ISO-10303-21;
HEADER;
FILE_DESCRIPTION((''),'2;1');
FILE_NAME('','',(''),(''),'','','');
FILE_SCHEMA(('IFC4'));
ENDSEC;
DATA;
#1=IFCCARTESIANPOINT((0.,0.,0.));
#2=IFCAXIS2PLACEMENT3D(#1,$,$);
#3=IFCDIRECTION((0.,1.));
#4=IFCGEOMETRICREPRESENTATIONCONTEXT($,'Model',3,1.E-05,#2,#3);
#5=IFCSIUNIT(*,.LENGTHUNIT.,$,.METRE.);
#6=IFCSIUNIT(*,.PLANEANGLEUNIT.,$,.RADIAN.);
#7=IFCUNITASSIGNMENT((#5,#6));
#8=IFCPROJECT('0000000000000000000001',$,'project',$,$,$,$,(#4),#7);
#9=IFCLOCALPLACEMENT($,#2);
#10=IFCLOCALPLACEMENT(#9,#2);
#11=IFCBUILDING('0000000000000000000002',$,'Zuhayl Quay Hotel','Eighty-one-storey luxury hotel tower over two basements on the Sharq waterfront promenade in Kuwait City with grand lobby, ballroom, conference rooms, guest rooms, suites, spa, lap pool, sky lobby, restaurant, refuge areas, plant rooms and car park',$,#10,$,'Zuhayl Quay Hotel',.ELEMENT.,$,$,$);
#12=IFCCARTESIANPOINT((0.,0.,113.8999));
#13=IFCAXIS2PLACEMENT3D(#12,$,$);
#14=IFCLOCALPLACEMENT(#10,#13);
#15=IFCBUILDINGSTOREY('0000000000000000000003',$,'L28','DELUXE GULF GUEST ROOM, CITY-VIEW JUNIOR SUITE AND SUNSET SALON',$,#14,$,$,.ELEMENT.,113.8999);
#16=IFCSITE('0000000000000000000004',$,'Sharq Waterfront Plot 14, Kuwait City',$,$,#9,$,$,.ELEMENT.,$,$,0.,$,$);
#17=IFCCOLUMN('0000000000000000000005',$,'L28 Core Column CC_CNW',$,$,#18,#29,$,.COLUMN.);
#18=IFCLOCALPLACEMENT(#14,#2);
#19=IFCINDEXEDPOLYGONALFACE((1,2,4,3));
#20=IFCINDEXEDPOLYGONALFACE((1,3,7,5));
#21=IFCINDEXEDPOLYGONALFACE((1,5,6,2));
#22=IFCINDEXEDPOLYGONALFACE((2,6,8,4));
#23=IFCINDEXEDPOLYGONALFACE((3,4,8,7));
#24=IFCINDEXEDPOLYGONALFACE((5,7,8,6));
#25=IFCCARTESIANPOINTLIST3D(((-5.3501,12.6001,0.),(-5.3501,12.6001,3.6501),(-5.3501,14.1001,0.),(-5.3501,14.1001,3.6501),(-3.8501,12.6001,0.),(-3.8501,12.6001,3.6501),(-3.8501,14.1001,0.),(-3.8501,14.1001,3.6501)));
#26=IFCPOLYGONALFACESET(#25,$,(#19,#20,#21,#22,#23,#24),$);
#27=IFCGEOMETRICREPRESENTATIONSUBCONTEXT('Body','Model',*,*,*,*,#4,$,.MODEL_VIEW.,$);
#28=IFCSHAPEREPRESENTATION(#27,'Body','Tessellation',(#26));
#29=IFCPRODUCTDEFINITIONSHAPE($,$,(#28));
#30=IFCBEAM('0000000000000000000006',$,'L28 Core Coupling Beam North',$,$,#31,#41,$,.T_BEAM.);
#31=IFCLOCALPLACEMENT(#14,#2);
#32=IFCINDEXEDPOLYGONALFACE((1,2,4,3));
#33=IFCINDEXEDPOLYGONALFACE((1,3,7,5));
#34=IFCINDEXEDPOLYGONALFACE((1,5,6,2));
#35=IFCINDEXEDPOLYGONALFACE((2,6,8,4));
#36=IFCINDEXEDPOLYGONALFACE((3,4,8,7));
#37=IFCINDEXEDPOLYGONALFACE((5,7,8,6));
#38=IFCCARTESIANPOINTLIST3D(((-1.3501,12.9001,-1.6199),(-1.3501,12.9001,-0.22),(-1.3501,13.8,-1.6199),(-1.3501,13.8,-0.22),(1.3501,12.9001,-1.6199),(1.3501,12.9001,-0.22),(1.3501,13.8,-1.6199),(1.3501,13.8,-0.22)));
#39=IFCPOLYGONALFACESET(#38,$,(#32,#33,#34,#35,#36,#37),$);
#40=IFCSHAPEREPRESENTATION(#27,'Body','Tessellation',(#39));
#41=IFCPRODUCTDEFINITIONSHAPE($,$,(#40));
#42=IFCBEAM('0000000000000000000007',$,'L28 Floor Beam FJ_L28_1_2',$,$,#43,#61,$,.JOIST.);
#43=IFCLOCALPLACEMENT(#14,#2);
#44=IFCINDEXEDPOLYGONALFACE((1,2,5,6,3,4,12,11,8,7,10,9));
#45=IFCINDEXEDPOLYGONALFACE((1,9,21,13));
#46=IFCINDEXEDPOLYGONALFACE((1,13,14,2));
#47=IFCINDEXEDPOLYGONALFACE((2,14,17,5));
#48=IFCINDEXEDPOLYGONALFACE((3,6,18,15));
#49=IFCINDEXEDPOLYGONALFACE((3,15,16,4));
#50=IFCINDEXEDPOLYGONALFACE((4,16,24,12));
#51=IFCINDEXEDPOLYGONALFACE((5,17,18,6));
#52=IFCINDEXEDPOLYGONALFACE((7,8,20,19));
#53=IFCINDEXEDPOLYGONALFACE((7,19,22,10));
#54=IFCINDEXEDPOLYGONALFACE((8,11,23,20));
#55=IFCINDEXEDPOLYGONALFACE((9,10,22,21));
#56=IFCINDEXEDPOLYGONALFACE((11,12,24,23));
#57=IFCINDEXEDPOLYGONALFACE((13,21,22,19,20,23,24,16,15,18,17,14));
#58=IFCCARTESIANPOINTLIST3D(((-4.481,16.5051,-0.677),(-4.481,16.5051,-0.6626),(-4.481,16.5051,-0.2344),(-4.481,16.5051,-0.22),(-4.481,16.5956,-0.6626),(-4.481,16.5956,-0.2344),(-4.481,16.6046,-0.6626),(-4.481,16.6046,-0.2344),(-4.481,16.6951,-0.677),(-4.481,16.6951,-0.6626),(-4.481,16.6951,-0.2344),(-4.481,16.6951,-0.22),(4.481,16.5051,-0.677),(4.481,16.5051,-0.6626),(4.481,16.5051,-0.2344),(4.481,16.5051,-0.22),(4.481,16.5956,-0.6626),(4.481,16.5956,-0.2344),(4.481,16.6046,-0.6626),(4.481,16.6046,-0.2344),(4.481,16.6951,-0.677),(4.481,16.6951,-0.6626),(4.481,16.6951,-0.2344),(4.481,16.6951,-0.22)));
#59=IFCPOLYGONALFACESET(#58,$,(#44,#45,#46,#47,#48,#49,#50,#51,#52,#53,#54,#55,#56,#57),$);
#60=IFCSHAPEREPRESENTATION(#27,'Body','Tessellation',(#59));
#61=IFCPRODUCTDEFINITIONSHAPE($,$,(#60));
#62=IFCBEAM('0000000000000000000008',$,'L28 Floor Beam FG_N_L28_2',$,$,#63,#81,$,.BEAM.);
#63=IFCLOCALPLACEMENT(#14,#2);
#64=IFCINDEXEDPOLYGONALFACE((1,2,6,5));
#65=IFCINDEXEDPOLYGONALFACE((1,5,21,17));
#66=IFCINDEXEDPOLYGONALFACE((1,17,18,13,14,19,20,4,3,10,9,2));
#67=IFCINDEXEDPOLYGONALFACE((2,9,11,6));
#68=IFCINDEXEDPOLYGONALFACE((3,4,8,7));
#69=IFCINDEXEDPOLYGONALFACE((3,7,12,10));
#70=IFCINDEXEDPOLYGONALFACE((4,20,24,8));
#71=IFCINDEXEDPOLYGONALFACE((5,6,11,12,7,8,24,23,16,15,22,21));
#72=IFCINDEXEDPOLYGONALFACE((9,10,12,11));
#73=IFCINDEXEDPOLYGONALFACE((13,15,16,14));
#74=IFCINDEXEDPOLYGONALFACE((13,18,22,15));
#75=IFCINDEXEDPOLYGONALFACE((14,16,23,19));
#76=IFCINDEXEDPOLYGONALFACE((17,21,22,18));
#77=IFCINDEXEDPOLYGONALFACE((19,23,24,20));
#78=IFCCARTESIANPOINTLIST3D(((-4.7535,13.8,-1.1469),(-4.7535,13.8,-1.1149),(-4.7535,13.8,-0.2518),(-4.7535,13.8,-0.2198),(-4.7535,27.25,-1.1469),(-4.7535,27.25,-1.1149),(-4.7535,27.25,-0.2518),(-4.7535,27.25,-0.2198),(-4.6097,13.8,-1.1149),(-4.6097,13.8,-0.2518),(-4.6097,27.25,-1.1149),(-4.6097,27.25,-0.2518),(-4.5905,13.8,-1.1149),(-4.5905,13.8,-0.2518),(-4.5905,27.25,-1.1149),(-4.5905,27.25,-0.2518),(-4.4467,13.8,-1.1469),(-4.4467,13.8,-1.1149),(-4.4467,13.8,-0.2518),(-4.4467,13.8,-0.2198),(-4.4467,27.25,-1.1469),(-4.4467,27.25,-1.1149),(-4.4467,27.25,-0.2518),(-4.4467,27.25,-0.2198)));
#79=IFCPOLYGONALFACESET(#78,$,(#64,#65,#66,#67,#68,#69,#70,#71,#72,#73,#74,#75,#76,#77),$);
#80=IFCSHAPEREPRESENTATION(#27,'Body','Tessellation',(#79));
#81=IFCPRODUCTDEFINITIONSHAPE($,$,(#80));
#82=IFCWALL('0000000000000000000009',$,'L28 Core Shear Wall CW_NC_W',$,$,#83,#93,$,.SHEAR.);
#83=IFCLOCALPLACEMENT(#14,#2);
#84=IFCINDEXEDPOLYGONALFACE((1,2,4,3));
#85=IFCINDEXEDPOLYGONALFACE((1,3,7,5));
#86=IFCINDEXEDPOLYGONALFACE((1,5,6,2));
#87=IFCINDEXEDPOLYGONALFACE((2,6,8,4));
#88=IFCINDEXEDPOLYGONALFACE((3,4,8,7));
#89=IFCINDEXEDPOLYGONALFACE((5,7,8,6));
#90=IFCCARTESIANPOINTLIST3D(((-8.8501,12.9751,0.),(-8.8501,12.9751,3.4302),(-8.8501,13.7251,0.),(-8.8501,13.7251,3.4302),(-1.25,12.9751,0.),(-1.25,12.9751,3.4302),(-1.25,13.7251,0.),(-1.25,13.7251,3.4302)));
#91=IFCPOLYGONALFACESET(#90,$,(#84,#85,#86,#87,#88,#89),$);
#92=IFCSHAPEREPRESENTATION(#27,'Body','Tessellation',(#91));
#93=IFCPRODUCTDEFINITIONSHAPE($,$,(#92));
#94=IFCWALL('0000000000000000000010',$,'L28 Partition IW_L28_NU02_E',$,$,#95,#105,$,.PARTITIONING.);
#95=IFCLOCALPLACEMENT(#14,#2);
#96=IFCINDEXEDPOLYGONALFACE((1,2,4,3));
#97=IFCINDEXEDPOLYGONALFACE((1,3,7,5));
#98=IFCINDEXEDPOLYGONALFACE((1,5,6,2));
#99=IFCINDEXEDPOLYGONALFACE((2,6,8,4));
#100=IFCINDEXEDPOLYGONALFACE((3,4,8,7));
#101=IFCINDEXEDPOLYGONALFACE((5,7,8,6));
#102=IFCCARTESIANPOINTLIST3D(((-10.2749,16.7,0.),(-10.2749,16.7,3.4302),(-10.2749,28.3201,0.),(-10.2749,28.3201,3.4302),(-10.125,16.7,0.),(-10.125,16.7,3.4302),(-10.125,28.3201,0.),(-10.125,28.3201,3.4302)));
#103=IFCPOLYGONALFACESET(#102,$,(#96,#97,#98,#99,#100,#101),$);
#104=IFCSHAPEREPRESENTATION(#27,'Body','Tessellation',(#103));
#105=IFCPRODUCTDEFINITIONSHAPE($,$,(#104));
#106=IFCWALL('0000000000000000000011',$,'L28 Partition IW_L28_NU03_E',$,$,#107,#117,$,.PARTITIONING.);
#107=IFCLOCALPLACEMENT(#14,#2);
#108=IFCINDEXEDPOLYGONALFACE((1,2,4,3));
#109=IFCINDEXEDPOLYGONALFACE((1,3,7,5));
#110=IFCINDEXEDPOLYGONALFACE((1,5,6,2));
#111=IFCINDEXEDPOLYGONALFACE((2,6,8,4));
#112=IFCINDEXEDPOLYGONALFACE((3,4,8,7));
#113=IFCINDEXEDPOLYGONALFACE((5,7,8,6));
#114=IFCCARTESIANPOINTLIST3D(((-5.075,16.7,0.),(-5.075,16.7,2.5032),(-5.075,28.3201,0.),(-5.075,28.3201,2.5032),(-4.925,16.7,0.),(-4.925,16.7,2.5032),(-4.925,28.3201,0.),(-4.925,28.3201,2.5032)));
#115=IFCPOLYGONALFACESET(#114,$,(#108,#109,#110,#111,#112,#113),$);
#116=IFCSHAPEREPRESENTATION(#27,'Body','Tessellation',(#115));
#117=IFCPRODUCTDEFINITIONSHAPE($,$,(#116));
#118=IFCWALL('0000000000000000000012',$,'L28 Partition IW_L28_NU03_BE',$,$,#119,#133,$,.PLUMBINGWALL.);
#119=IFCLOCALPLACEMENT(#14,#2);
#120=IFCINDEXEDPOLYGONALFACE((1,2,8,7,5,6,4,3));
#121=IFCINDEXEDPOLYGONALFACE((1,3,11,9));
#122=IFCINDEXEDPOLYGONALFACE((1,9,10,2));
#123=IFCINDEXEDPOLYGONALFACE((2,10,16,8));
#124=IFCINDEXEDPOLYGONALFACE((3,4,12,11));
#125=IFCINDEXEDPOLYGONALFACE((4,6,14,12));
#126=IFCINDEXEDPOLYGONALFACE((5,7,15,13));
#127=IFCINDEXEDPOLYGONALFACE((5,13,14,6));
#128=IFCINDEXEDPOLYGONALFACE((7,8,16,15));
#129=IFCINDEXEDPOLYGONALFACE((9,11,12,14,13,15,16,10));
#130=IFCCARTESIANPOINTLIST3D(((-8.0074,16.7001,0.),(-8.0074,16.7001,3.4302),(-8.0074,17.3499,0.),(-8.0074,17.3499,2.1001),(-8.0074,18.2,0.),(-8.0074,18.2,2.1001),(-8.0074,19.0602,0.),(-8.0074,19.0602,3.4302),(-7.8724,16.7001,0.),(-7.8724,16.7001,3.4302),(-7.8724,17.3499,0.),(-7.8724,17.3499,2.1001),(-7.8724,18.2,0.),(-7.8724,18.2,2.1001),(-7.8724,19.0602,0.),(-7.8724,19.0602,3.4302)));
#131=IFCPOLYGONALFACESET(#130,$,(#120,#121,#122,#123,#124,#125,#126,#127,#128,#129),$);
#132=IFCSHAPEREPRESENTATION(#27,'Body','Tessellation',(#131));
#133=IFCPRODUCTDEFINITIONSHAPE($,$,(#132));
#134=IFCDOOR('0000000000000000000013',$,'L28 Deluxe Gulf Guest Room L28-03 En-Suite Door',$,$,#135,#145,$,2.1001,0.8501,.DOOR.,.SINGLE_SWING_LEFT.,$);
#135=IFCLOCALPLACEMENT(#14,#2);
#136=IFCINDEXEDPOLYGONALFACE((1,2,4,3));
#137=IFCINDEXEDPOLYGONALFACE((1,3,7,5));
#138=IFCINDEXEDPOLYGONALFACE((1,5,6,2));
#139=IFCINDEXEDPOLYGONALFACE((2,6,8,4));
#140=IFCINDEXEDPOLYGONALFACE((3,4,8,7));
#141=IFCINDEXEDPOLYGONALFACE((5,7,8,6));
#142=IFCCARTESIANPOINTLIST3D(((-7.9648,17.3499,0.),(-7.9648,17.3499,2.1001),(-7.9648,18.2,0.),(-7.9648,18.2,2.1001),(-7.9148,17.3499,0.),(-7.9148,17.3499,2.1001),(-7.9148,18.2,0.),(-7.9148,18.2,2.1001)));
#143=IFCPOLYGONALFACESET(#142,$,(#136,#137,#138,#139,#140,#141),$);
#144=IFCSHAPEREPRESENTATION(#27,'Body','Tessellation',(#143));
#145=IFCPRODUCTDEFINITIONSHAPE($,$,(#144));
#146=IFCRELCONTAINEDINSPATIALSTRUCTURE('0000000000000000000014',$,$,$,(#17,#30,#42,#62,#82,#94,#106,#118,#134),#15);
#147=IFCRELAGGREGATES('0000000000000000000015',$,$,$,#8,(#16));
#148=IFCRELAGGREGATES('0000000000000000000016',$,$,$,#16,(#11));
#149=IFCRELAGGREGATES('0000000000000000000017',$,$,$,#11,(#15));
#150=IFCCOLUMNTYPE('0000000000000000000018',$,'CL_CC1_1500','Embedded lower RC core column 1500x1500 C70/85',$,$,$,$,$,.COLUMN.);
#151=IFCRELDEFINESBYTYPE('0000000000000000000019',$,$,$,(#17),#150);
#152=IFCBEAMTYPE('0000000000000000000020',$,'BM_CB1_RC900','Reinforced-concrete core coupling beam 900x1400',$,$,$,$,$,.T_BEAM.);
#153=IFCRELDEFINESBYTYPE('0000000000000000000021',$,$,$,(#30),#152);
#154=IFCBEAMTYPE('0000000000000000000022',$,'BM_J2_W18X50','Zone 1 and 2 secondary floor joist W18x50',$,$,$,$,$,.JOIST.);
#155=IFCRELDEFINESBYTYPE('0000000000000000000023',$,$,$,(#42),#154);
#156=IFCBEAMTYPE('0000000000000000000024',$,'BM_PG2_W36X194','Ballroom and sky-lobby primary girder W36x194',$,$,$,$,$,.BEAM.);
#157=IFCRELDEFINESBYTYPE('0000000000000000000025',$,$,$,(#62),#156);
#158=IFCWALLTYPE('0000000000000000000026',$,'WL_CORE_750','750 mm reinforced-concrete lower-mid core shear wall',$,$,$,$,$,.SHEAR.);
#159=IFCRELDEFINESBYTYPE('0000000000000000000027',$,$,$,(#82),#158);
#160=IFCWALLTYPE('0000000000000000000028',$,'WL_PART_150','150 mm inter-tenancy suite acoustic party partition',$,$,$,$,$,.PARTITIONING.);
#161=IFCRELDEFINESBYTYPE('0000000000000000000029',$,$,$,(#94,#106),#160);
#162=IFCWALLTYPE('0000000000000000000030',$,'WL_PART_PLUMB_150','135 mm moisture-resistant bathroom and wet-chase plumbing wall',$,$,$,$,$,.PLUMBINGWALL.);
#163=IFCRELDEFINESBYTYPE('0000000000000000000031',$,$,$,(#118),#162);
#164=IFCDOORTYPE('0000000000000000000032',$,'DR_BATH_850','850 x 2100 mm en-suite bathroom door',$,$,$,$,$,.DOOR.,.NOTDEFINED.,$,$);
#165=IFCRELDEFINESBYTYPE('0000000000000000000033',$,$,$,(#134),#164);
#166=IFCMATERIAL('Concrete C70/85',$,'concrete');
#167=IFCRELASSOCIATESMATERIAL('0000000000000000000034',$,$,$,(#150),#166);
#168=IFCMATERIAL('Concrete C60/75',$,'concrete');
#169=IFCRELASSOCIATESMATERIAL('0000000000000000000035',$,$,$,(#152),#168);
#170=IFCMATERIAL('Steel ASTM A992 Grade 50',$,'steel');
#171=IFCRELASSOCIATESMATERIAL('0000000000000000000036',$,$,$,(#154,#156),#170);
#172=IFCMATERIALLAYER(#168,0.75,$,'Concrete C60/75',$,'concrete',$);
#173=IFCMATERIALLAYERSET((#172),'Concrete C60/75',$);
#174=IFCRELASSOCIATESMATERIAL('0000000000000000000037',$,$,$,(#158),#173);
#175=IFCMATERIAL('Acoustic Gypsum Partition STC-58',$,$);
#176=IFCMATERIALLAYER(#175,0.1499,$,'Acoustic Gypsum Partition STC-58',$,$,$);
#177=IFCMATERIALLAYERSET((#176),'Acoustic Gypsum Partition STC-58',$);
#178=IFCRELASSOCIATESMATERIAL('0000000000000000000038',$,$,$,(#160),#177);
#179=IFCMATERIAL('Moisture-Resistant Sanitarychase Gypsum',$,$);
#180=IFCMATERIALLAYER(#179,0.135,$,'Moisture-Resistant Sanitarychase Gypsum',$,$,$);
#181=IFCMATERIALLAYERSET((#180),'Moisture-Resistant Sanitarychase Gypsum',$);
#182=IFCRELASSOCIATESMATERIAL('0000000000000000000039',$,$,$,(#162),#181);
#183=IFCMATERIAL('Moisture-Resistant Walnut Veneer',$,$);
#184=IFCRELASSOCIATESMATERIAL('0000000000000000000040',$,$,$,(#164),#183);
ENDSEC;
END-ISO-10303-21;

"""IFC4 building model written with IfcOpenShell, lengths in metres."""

from ifc_helpers import new_model, si_unit, direction, frame, frame_2d, origin, origin_2d, place, context, subcontext, project, spatial, rectangle, i_section, extrude, material, layer, layer_set, material_profile, profile_set, type_object, element, fill, save


model = new_model("IFC4")

# Units and contexts
model_context = context("Model", 3, precision=1e-05, world=origin(), true_north=direction((0.0, 1.0)))
body_context = subcontext(model_context, "Body", "Model", "MODEL_VIEW")
ifc_project = project(units=[si_unit("LENGTHUNIT", "METRE"), si_unit("PLANEANGLEUNIT", "RADIAN")], contexts=[model_context])

# Site, building, storey
site_placement = place(None, origin())
site = spatial("IfcSite", under=ifc_project, at=site_placement, Name="Sharq Waterfront Plot 14, Kuwait City", CompositionType="ELEMENT", RefElevation=0.0)
building_placement = place(site_placement, origin())
building = spatial("IfcBuilding", under=site, at=building_placement, Name="Zuhayl Quay Hotel", Description="Eighty-one-storey luxury hotel tower over two basements on the Sharq waterfront promenade in Kuwait City with grand lobby, ballroom, conference rooms, guest rooms, suites, spa, lap pool, sky lobby, restaurant, refuge areas, plant rooms and car park", LongName="Zuhayl Quay Hotel", CompositionType="ELEMENT")
storey_placement = place(building_placement, frame((0.0, 0.0, 113.8999)))
storey = spatial("IfcBuildingStorey", under=building, at=storey_placement, Name="L28", Description="DELUXE GULF GUEST ROOM, CITY-VIEW JUNIOR SUITE AND SUNSET SALON", CompositionType="ELEMENT", Elevation=113.8999)

# Column
ifc_material_1 = material(Name="Concrete C70/85", Category="concrete")
ifc_material_profile_1 = material_profile(ifc_material_1, rectangle(XDim=1.5, YDim=1.5, at=origin_2d()), Name="RC1500X1500")
ifc_profile_set_1 = profile_set([ifc_material_profile_1], Name="Concrete C70/85")
column_type = type_object("IfcColumnType", Name="CL_CC1_1500", Description="Embedded lower RC core column 1500x1500 C70/85", PredefinedType="COLUMN", material=ifc_profile_set_1)
column_placement = place(storey_placement, frame((-4.6001, 13.3501, 0.0), z_axis=(0.0, 0.0, 1.0), x_axis=(1.0, 0.0, 0.0)))
element("IfcColumn", 1, at=column_placement, inside=storey, type_object=column_type, Name="L28 Core Column CC_CNW", PredefinedType="COLUMN", context=body_context, shape_type="SweptSolid", body=[
    extrude(rectangle(XDim=1.5, YDim=1.5, at=origin_2d()), origin(), (0.0, 0.0, 1.0), 3.6501),
])

# Beams
ifc_material_2 = material(Name="Concrete C60/75", Category="concrete")
ifc_material_profile_2 = material_profile(ifc_material_2, rectangle(XDim=0.8999, YDim=1.3999, at=origin_2d()), Name="RC900X1400")
ifc_profile_set_2 = profile_set([ifc_material_profile_2], Name="Concrete C60/75")
beam_type_1 = type_object("IfcBeamType", Name="BM_CB1_RC900", Description="Reinforced-concrete core coupling beam 900x1400", PredefinedType="T_BEAM", material=ifc_profile_set_2)
beam_1_placement = place(storey_placement, frame((-1.3501, 13.3501, -0.9199), z_axis=(1.0, 0.0, 0.0), x_axis=(0.0, 1.0, 0.0)))
element("IfcBeam", 2, at=beam_1_placement, inside=storey, type_object=beam_type_1, Name="L28 Core Coupling Beam North", PredefinedType="T_BEAM", context=body_context, shape_type="SweptSolid", body=[
    extrude(rectangle(XDim=0.8999, YDim=1.3999, at=origin_2d()), origin(), (0.0, 0.0, 1.0), 2.7002),
])
ifc_material_3 = material(Name="Steel ASTM A992 Grade 50", Category="steel")
ifc_material_profile_3 = material_profile(ifc_material_3, i_section(OverallWidth=0.1899, OverallDepth=0.457, WebThickness=0.009, FlangeThickness=0.0144, at=origin_2d()), Name="W18X50")
ifc_profile_set_3 = profile_set([ifc_material_profile_3], Name="Steel ASTM A992 Grade 50")
beam_type_2 = type_object("IfcBeamType", Name="BM_J2_W18X50", Description="Zone 1 and 2 secondary floor joist W18x50", PredefinedType="JOIST", material=ifc_profile_set_3)
beam_2_placement = place(storey_placement, frame((-4.481, 16.6001, -0.4485), z_axis=(1.0, 0.0, 0.0), x_axis=(0.0, 1.0, 0.0)))
element("IfcBeam", 3, at=beam_2_placement, inside=storey, type_object=beam_type_2, Name="L28 Floor Beam FJ_L28_1_2", PredefinedType="JOIST", context=body_context, shape_type="SweptSolid", body=[
    extrude(i_section(OverallWidth=0.1899, OverallDepth=0.457, WebThickness=0.009, FlangeThickness=0.0144, at=origin_2d()), origin(), (0.0, 0.0, 1.0), 8.9619),
])
ifc_material_profile_4 = material_profile(ifc_material_3, i_section(OverallWidth=0.3069, OverallDepth=0.927, WebThickness=0.0193, FlangeThickness=0.032, at=origin_2d()), Name="W36X194")
ifc_profile_set_4 = profile_set([ifc_material_profile_4], Name="Steel ASTM A992 Grade 50")
beam_type_3 = type_object("IfcBeamType", Name="BM_PG2_W36X194", Description="Ballroom and sky-lobby primary girder W36x194", PredefinedType="BEAM", material=ifc_profile_set_4)
beam_3_placement = place(storey_placement, frame((-4.6001, 13.8, -0.6833), z_axis=(0.0, 1.0, 0.0), x_axis=(-1.0, 0.0, 0.0)))
element("IfcBeam", 4, at=beam_3_placement, inside=storey, type_object=beam_type_3, Name="L28 Floor Beam FG_N_L28_2", PredefinedType="BEAM", context=body_context, shape_type="SweptSolid", body=[
    extrude(i_section(OverallWidth=0.3069, OverallDepth=0.927, WebThickness=0.0193, FlangeThickness=0.032, at=origin_2d()), origin(), (0.0, 0.0, 1.0), 13.45),
])

# Walls
ifc_layer_1 = layer(ifc_material_2, 0.75, Name="Concrete C60/75", Category="concrete")
ifc_layer_set_1 = layer_set([ifc_layer_1], Name="Concrete C60/75")
wall_type_1 = type_object("IfcWallType", Name="WL_CORE_750", Description="750 mm reinforced-concrete lower-mid core shear wall", PredefinedType="SHEAR", material=ifc_layer_set_1)
wall_1_placement = place(storey_placement, frame((-8.8501, 13.3501, 0.0), z_axis=(0.0, 0.0, 1.0), x_axis=(1.0, 0.0, 0.0)))
element("IfcWall", 5, at=wall_1_placement, inside=storey, type_object=wall_type_1, Name="L28 Core Shear Wall CW_NC_W", PredefinedType="SHEAR", context=body_context, shape_type="SweptSolid", body=[
    extrude(rectangle(XDim=7.6001, YDim=0.75, at=frame_2d((3.8, 0.0))), origin(), (0.0, 0.0, 1.0), 3.4302),
])
ifc_material_4 = material(Name="Acoustic Gypsum Partition STC-58")
ifc_layer_2 = layer(ifc_material_4, 0.1499, Name="Acoustic Gypsum Partition STC-58")
ifc_layer_set_2 = layer_set([ifc_layer_2], Name="Acoustic Gypsum Partition STC-58")
wall_type_2 = type_object("IfcWallType", Name="WL_PART_150", Description="150 mm inter-tenancy suite acoustic party partition", PredefinedType="PARTITIONING", material=ifc_layer_set_2)
wall_2_placement = place(storey_placement, frame((-10.2, 16.7, 0.0), z_axis=(0.0, 0.0, 1.0), x_axis=(0.0, 1.0, 0.0)))
element("IfcWall", 6, at=wall_2_placement, inside=storey, type_object=wall_type_2, Name="L28 Partition IW_L28_NU02_E", PredefinedType="PARTITIONING", context=body_context, shape_type="SweptSolid", body=[
    extrude(rectangle(XDim=11.6201, YDim=0.1499, at=frame_2d((5.8101, 0.0))), origin(), (0.0, 0.0, 1.0), 3.4302),
])
wall_3_placement = place(storey_placement, frame((-5.0, 16.7, 0.0), z_axis=(0.0, 0.0, 1.0), x_axis=(0.0, 1.0, 0.0)))
element("IfcWall", 7, at=wall_3_placement, inside=storey, type_object=wall_type_2, Name="L28 Partition IW_L28_NU03_E", PredefinedType="PARTITIONING", context=body_context, shape_type="SweptSolid", body=[
    extrude(rectangle(XDim=11.6201, YDim=0.1499, at=frame_2d((5.8101, 0.0))), origin(), (0.0, 0.0, 1.0), 2.5032),
])

# Wall, opening, door
ifc_material_5 = material(Name="Moisture-Resistant Sanitarychase Gypsum")
ifc_layer_3 = layer(ifc_material_5, 0.135, Name="Moisture-Resistant Sanitarychase Gypsum")
ifc_layer_set_3 = layer_set([ifc_layer_3], Name="Moisture-Resistant Sanitarychase Gypsum")
wall_type_3 = type_object("IfcWallType", Name="WL_PART_PLUMB_150", Description="135 mm moisture-resistant bathroom and wet-chase plumbing wall", PredefinedType="PLUMBINGWALL", material=ifc_layer_set_3)
wall_4_placement = place(storey_placement, frame((-7.9399, 16.7, 0.0), z_axis=(0.0, 0.0, 1.0), x_axis=(0.0, 1.0, 0.0)))
wall_4 = element("IfcWall", 8, at=wall_4_placement, inside=storey, type_object=wall_type_3, Name="L28 Partition IW_L28_NU03_BE", PredefinedType="PLUMBINGWALL", context=body_context, shape_type="SweptSolid", body=[
    extrude(rectangle(XDim=2.3601, YDim=0.135, at=frame_2d((1.1802, 0.0))), origin(), (0.0, 0.0, 1.0), 3.4302),
])
opening_1_placement = place(wall_4_placement, frame((0.6499, 0.0, 0.0)))
opening_1 = element("IfcOpeningElement", 9, at=opening_1_placement, cuts=wall_4, PredefinedType="OPENING", context=body_context, shape_type="SweptSolid", body=[
    extrude(rectangle(XDim=0.8501, YDim=2.1001, at=frame_2d((0.425, 1.05))), frame((0.0, 0.0774, 0.0), z_axis=(0.0, -1.0, 0.0), x_axis=(1.0, 0.0, 0.0)), (0.0, 0.0, 1.0), 0.155),
])
ifc_material_6 = material(Name="Moisture-Resistant Walnut Veneer")
door_type_1 = type_object("IfcDoorType", Name="DR_BATH_850", Description="850 x 2100 mm en-suite bathroom door", OperationType="NOTDEFINED", PredefinedType="DOOR", material=ifc_material_6)
door_1_placement = place(opening_1_placement, origin())
door_1 = element("IfcDoor", 10, at=door_1_placement, inside=storey, type_object=door_type_1, Name="L28 Deluxe Gulf Guest Room L28-03 En-Suite Door", OperationType="SINGLE_SWING_LEFT", OverallHeight=2.1001, OverallWidth=0.8501, PredefinedType="DOOR", context=body_context, shape_type="SweptSolid", body=[
    extrude(rectangle(XDim=0.8501, YDim=2.1001, at=frame_2d((0.425, 1.05))), frame((0.0, 0.0249, 0.0), z_axis=(0.0, -1.0, 0.0), x_axis=(1.0, 0.0, 0.0)), (0.0, 0.0, 1.0), 0.05),
])
fill(opening_1, door_1)

save(model, "model.ifc")
